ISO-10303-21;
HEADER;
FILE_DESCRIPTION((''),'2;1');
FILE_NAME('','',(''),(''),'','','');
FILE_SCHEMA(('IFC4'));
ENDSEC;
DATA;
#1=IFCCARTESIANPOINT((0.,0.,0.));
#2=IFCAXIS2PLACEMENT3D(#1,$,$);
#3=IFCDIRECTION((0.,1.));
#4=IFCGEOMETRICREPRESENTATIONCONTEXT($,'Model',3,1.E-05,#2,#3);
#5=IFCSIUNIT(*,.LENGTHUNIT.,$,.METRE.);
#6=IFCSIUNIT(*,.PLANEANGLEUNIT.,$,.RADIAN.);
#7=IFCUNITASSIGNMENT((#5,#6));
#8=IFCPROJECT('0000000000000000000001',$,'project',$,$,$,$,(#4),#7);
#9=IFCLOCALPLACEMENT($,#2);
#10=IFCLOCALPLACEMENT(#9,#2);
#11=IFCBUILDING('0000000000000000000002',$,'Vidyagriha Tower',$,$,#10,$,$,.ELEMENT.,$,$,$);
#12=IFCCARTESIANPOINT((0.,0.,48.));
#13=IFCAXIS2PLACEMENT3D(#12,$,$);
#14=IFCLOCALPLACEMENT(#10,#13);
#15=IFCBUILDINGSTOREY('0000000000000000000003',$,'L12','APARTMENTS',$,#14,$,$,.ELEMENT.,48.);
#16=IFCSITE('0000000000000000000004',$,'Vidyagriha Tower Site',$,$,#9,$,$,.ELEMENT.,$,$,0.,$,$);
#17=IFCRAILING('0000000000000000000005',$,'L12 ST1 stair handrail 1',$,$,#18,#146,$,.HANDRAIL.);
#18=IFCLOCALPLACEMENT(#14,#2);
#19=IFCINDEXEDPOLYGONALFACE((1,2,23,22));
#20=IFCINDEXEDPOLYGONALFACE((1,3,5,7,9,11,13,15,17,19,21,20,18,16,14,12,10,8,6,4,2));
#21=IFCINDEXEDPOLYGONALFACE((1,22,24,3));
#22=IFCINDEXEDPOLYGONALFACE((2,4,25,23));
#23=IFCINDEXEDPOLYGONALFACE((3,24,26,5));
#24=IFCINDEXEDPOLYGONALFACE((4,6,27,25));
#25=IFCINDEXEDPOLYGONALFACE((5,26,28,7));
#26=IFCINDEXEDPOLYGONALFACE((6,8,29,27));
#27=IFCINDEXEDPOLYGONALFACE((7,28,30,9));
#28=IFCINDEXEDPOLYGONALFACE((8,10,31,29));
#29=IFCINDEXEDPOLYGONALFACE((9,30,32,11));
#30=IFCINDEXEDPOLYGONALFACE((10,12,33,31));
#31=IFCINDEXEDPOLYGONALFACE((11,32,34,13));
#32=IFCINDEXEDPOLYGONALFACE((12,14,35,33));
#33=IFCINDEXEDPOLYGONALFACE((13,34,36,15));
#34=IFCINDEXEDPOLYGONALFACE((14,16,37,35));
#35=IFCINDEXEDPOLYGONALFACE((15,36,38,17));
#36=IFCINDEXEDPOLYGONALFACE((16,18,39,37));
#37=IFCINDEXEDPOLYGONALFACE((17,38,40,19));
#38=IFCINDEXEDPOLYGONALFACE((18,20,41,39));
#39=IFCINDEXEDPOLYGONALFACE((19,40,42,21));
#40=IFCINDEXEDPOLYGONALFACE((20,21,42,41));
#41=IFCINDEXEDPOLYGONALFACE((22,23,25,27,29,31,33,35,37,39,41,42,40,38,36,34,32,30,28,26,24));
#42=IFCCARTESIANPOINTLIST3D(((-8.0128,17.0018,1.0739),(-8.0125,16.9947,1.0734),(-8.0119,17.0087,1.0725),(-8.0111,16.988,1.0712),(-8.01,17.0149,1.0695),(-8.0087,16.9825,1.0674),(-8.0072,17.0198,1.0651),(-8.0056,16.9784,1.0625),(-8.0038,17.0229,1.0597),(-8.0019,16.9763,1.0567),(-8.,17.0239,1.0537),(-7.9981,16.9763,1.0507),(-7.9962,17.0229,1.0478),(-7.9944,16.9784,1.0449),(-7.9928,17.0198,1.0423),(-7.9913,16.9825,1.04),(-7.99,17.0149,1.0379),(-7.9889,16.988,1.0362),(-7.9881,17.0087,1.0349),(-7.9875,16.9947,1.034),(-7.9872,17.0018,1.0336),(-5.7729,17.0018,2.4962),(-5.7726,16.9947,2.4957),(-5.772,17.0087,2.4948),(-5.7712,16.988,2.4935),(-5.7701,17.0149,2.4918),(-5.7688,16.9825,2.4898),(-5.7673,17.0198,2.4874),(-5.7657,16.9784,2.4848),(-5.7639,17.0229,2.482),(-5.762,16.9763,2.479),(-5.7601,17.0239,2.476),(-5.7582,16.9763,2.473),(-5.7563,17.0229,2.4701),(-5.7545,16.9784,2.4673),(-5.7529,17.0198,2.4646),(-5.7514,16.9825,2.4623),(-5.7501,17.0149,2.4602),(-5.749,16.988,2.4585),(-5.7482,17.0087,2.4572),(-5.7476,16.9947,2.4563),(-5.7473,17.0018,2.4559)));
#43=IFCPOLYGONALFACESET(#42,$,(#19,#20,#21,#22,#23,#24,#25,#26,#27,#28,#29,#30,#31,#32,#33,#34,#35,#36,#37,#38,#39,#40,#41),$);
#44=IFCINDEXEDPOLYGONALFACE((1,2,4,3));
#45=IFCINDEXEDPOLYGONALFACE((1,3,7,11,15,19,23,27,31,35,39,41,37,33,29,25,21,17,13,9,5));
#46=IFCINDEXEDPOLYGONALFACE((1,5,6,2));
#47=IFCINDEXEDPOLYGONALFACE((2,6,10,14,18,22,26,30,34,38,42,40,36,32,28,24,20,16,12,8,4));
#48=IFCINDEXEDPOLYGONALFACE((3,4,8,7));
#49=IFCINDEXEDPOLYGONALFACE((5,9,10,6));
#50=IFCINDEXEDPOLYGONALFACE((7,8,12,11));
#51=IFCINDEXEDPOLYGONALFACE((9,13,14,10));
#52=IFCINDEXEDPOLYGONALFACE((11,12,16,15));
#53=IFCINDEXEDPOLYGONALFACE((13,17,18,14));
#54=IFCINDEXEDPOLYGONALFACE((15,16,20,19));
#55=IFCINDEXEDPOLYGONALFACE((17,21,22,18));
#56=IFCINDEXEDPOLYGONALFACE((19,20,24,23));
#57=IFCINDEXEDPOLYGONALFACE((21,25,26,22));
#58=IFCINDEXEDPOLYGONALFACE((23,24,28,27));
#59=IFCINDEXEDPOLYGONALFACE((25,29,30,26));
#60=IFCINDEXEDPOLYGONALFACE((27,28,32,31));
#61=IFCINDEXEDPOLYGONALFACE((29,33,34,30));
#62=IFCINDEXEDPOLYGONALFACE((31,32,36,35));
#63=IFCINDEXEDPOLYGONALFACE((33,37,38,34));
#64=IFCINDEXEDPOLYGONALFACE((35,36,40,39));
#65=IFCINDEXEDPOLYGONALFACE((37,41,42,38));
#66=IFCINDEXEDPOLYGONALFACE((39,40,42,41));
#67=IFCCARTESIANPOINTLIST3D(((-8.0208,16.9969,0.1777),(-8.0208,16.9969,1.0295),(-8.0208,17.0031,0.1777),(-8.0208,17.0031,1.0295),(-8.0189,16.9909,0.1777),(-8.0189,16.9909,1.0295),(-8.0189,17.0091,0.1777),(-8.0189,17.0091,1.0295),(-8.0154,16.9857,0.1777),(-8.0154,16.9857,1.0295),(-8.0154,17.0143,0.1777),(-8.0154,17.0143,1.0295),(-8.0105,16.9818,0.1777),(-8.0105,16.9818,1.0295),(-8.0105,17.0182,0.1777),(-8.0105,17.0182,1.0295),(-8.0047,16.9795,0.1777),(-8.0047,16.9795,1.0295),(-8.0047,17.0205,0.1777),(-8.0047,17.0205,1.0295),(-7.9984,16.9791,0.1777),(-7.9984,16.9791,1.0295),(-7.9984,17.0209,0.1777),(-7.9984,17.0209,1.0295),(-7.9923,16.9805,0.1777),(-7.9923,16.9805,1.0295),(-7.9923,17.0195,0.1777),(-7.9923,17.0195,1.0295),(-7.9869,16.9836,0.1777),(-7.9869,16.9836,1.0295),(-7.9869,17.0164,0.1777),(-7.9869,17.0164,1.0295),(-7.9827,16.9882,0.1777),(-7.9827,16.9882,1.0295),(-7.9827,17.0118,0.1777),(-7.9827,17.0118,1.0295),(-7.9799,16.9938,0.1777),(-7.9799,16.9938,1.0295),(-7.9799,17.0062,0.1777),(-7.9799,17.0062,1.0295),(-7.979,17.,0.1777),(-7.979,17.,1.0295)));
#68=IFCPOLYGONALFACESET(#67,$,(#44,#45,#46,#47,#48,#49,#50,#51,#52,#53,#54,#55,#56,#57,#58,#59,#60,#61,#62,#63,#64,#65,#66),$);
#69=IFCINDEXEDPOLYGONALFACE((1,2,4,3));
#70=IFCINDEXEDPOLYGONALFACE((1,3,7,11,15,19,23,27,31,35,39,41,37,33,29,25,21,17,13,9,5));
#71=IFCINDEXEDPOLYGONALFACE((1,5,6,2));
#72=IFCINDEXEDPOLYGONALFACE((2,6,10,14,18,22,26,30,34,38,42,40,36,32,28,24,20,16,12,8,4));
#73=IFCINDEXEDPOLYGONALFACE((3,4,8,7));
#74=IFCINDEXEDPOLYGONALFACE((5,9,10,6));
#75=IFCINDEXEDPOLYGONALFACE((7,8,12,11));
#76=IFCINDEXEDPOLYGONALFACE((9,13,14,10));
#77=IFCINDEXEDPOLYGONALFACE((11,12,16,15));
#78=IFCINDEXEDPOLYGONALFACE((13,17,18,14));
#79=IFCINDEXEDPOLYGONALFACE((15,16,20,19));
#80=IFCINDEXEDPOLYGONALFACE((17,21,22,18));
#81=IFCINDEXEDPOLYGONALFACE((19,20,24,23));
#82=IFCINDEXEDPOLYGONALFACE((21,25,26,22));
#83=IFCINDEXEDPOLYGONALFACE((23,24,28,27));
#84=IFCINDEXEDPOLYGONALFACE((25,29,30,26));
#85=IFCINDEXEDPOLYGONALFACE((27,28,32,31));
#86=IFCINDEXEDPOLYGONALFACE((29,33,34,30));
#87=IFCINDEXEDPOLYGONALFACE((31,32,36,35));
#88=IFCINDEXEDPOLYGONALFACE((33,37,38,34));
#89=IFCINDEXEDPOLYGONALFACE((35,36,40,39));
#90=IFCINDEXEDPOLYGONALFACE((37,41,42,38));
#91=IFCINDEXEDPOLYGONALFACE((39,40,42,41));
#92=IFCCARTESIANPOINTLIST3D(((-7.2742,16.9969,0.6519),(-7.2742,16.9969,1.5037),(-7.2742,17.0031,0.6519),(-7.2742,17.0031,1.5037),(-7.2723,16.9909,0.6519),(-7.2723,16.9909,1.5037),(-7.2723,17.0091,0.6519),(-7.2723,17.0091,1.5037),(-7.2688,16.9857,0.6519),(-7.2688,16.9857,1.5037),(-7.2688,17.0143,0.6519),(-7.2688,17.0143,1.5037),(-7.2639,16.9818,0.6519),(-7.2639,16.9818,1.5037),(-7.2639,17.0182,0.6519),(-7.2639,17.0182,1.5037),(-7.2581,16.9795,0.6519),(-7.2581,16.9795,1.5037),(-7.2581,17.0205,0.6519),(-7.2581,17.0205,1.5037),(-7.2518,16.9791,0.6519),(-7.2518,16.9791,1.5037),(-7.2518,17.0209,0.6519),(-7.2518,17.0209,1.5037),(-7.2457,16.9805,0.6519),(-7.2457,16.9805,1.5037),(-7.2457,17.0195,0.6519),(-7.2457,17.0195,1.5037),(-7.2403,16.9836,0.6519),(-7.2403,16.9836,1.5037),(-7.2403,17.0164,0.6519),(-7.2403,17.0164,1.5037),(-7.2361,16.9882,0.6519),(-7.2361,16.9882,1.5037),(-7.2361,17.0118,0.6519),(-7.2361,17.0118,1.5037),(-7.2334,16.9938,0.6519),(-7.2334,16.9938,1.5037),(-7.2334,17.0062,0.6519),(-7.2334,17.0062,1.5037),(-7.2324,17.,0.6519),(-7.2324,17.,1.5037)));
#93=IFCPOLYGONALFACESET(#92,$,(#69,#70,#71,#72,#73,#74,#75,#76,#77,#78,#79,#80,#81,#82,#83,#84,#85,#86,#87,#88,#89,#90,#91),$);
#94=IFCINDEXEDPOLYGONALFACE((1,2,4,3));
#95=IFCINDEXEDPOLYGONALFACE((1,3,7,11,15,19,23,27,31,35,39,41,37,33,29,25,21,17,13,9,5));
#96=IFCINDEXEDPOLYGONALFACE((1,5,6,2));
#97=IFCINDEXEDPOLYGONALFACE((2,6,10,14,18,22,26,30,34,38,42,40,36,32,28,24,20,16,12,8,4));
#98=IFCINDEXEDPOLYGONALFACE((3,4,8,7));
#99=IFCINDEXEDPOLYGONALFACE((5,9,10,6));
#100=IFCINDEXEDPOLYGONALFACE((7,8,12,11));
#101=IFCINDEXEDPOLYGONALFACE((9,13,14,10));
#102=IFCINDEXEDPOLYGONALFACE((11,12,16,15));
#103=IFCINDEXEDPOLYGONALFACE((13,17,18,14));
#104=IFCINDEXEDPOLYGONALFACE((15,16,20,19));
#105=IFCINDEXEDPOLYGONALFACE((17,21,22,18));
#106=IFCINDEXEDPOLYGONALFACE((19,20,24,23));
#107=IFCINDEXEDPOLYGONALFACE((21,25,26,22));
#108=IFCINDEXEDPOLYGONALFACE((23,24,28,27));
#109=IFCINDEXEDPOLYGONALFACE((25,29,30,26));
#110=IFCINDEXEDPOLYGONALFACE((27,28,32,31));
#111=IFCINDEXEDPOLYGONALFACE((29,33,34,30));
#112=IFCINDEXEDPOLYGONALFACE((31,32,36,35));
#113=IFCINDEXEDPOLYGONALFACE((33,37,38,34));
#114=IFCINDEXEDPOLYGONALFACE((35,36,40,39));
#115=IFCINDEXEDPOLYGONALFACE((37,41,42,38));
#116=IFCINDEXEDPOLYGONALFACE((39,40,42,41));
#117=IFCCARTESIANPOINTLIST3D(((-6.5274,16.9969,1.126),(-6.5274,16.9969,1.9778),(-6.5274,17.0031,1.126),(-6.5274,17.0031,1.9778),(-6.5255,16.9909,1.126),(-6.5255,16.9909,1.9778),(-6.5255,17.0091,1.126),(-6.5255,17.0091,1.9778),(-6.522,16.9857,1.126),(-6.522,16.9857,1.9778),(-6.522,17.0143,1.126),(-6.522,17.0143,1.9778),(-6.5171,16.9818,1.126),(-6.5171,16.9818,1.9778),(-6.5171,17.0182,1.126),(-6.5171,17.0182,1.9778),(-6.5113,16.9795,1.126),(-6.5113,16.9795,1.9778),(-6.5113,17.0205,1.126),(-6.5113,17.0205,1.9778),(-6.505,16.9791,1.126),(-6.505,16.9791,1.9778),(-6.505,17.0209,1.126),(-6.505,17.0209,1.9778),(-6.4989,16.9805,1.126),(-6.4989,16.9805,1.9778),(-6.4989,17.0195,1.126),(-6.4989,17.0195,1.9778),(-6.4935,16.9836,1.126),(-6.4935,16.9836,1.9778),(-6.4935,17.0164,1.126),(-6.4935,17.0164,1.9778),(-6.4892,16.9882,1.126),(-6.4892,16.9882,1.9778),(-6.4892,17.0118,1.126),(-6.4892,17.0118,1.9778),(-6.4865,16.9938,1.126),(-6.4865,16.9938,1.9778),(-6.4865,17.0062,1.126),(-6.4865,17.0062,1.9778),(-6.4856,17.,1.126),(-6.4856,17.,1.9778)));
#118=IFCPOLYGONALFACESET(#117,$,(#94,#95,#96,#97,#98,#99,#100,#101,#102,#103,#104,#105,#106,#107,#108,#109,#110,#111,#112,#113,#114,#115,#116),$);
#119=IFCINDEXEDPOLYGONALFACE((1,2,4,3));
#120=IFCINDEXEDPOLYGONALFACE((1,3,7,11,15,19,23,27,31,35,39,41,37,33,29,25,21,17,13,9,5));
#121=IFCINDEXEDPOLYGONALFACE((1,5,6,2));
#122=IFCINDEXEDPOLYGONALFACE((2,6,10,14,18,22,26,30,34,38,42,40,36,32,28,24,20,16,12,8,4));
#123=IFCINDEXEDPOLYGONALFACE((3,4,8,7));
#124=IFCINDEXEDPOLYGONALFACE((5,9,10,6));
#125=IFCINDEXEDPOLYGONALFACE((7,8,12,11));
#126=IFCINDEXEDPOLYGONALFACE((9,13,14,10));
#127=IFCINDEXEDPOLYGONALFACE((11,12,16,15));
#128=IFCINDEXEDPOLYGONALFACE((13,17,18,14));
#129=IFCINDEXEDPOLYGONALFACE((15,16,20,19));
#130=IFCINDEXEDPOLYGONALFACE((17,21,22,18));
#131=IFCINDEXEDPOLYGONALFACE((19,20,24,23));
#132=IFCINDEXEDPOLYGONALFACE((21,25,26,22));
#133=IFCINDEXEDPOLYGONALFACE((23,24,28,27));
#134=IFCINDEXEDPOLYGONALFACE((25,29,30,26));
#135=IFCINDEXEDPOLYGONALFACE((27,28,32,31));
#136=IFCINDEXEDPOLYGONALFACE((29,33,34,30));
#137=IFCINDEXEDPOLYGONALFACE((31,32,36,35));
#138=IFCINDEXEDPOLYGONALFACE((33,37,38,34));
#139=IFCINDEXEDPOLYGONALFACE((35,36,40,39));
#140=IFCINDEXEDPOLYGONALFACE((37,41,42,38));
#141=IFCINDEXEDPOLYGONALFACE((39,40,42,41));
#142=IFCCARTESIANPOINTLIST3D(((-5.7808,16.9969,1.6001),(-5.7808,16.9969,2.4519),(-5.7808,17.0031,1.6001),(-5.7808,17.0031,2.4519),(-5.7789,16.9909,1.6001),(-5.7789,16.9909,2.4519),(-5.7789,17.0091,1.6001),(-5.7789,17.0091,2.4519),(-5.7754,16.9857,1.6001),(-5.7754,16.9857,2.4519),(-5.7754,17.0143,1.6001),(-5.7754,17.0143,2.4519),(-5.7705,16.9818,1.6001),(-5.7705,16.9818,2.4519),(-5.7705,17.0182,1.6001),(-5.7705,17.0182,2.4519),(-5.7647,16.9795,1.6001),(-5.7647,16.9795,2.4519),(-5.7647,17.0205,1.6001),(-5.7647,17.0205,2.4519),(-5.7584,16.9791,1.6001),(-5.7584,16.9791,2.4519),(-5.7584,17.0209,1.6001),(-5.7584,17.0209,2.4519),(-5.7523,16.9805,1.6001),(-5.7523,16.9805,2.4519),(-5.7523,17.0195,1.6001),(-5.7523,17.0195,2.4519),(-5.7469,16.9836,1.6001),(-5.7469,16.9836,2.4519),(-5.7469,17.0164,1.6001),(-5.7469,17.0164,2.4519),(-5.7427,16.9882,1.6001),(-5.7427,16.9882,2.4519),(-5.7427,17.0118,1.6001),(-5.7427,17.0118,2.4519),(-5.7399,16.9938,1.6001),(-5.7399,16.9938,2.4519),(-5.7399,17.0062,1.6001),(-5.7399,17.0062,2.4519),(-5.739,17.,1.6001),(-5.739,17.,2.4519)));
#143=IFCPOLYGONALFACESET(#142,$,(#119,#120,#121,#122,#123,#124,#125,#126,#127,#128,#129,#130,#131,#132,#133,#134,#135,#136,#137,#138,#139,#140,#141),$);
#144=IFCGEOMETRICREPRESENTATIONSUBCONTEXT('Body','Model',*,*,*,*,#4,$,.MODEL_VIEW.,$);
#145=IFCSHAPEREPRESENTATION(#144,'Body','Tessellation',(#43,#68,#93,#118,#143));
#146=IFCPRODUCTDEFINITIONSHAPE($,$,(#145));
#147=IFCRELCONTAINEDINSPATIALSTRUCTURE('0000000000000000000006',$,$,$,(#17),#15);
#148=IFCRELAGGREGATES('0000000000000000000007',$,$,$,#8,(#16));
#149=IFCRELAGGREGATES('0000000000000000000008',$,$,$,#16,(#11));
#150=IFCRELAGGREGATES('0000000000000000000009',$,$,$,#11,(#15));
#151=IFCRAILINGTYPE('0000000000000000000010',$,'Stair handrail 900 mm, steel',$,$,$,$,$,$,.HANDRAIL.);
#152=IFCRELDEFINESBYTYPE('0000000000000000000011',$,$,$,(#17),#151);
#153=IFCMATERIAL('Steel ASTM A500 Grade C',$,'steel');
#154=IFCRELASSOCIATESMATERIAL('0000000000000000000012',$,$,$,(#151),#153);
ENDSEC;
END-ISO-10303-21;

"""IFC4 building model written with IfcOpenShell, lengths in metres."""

from ifc_helpers import new_model, si_unit, direction, frame, origin, origin_2d, place, context, subcontext, project, spatial, circle, extrude, material, type_object, element, save


model = new_model("IFC4")

# Units and contexts
model_context = context("Model", 3, precision=1e-05, world=origin(), true_north=direction((0.0, 1.0)))
body_context = subcontext(model_context, "Body", "Model", "MODEL_VIEW")
ifc_project = project(units=[si_unit("LENGTHUNIT", "METRE"), si_unit("PLANEANGLEUNIT", "RADIAN")], contexts=[model_context])

# Site, building, storey
site_placement = place(None, origin())
site = spatial("IfcSite", under=ifc_project, at=site_placement, Name="Vidyagriha Tower Site", CompositionType="ELEMENT", RefElevation=0.0)
building_placement = place(site_placement, origin())
building = spatial("IfcBuilding", under=site, at=building_placement, Name="Vidyagriha Tower", CompositionType="ELEMENT")
storey_placement = place(building_placement, frame((0.0, 0.0, 48.0)))
storey = spatial("IfcBuildingStorey", under=building, at=storey_placement, Name="L12", Description="APARTMENTS", CompositionType="ELEMENT", Elevation=48.0)

# Railing
ifc_material_1 = material(Name="Steel ASTM A500 Grade C", Category="steel")
railing_type_1 = type_object("IfcRailingType", Name="Stair handrail 900 mm, steel", PredefinedType="HANDRAIL", material=ifc_material_1)
railing_1_placement = place(storey_placement, frame((-8.0, 17.0, 0.1777)))
element("IfcRailing", 1, at=railing_1_placement, inside=storey, type_object=railing_type_1, Name="L12 ST1 stair handrail 1", PredefinedType="HANDRAIL", context=body_context, shape_type="SweptSolid", body=[
    extrude(circle(Radius=0.0239, at=origin_2d()), frame((0.0, 0.0, 0.876), z_axis=(0.844188, 0.0, 0.536048), x_axis=(0.0, 1.0, 0.0)), (0.0, 0.0, 1.0), 2.6533),
    extrude(circle(Radius=0.021, at=origin_2d()), origin(), (0.0, 0.0, 1.0), 0.8518),
    extrude(circle(Radius=0.021, at=origin_2d()), frame((0.7466, 0.0, 0.4741)), (0.0, 0.0, 1.0), 0.8518),
    extrude(circle(Radius=0.021, at=origin_2d()), frame((1.4934, 0.0, 0.9482)), (0.0, 0.0, 1.0), 0.8518),
    extrude(circle(Radius=0.021, at=origin_2d()), frame((2.24, 0.0, 1.4224)), (0.0, 0.0, 1.0), 0.8518),
])

save(model, "model.ifc")
